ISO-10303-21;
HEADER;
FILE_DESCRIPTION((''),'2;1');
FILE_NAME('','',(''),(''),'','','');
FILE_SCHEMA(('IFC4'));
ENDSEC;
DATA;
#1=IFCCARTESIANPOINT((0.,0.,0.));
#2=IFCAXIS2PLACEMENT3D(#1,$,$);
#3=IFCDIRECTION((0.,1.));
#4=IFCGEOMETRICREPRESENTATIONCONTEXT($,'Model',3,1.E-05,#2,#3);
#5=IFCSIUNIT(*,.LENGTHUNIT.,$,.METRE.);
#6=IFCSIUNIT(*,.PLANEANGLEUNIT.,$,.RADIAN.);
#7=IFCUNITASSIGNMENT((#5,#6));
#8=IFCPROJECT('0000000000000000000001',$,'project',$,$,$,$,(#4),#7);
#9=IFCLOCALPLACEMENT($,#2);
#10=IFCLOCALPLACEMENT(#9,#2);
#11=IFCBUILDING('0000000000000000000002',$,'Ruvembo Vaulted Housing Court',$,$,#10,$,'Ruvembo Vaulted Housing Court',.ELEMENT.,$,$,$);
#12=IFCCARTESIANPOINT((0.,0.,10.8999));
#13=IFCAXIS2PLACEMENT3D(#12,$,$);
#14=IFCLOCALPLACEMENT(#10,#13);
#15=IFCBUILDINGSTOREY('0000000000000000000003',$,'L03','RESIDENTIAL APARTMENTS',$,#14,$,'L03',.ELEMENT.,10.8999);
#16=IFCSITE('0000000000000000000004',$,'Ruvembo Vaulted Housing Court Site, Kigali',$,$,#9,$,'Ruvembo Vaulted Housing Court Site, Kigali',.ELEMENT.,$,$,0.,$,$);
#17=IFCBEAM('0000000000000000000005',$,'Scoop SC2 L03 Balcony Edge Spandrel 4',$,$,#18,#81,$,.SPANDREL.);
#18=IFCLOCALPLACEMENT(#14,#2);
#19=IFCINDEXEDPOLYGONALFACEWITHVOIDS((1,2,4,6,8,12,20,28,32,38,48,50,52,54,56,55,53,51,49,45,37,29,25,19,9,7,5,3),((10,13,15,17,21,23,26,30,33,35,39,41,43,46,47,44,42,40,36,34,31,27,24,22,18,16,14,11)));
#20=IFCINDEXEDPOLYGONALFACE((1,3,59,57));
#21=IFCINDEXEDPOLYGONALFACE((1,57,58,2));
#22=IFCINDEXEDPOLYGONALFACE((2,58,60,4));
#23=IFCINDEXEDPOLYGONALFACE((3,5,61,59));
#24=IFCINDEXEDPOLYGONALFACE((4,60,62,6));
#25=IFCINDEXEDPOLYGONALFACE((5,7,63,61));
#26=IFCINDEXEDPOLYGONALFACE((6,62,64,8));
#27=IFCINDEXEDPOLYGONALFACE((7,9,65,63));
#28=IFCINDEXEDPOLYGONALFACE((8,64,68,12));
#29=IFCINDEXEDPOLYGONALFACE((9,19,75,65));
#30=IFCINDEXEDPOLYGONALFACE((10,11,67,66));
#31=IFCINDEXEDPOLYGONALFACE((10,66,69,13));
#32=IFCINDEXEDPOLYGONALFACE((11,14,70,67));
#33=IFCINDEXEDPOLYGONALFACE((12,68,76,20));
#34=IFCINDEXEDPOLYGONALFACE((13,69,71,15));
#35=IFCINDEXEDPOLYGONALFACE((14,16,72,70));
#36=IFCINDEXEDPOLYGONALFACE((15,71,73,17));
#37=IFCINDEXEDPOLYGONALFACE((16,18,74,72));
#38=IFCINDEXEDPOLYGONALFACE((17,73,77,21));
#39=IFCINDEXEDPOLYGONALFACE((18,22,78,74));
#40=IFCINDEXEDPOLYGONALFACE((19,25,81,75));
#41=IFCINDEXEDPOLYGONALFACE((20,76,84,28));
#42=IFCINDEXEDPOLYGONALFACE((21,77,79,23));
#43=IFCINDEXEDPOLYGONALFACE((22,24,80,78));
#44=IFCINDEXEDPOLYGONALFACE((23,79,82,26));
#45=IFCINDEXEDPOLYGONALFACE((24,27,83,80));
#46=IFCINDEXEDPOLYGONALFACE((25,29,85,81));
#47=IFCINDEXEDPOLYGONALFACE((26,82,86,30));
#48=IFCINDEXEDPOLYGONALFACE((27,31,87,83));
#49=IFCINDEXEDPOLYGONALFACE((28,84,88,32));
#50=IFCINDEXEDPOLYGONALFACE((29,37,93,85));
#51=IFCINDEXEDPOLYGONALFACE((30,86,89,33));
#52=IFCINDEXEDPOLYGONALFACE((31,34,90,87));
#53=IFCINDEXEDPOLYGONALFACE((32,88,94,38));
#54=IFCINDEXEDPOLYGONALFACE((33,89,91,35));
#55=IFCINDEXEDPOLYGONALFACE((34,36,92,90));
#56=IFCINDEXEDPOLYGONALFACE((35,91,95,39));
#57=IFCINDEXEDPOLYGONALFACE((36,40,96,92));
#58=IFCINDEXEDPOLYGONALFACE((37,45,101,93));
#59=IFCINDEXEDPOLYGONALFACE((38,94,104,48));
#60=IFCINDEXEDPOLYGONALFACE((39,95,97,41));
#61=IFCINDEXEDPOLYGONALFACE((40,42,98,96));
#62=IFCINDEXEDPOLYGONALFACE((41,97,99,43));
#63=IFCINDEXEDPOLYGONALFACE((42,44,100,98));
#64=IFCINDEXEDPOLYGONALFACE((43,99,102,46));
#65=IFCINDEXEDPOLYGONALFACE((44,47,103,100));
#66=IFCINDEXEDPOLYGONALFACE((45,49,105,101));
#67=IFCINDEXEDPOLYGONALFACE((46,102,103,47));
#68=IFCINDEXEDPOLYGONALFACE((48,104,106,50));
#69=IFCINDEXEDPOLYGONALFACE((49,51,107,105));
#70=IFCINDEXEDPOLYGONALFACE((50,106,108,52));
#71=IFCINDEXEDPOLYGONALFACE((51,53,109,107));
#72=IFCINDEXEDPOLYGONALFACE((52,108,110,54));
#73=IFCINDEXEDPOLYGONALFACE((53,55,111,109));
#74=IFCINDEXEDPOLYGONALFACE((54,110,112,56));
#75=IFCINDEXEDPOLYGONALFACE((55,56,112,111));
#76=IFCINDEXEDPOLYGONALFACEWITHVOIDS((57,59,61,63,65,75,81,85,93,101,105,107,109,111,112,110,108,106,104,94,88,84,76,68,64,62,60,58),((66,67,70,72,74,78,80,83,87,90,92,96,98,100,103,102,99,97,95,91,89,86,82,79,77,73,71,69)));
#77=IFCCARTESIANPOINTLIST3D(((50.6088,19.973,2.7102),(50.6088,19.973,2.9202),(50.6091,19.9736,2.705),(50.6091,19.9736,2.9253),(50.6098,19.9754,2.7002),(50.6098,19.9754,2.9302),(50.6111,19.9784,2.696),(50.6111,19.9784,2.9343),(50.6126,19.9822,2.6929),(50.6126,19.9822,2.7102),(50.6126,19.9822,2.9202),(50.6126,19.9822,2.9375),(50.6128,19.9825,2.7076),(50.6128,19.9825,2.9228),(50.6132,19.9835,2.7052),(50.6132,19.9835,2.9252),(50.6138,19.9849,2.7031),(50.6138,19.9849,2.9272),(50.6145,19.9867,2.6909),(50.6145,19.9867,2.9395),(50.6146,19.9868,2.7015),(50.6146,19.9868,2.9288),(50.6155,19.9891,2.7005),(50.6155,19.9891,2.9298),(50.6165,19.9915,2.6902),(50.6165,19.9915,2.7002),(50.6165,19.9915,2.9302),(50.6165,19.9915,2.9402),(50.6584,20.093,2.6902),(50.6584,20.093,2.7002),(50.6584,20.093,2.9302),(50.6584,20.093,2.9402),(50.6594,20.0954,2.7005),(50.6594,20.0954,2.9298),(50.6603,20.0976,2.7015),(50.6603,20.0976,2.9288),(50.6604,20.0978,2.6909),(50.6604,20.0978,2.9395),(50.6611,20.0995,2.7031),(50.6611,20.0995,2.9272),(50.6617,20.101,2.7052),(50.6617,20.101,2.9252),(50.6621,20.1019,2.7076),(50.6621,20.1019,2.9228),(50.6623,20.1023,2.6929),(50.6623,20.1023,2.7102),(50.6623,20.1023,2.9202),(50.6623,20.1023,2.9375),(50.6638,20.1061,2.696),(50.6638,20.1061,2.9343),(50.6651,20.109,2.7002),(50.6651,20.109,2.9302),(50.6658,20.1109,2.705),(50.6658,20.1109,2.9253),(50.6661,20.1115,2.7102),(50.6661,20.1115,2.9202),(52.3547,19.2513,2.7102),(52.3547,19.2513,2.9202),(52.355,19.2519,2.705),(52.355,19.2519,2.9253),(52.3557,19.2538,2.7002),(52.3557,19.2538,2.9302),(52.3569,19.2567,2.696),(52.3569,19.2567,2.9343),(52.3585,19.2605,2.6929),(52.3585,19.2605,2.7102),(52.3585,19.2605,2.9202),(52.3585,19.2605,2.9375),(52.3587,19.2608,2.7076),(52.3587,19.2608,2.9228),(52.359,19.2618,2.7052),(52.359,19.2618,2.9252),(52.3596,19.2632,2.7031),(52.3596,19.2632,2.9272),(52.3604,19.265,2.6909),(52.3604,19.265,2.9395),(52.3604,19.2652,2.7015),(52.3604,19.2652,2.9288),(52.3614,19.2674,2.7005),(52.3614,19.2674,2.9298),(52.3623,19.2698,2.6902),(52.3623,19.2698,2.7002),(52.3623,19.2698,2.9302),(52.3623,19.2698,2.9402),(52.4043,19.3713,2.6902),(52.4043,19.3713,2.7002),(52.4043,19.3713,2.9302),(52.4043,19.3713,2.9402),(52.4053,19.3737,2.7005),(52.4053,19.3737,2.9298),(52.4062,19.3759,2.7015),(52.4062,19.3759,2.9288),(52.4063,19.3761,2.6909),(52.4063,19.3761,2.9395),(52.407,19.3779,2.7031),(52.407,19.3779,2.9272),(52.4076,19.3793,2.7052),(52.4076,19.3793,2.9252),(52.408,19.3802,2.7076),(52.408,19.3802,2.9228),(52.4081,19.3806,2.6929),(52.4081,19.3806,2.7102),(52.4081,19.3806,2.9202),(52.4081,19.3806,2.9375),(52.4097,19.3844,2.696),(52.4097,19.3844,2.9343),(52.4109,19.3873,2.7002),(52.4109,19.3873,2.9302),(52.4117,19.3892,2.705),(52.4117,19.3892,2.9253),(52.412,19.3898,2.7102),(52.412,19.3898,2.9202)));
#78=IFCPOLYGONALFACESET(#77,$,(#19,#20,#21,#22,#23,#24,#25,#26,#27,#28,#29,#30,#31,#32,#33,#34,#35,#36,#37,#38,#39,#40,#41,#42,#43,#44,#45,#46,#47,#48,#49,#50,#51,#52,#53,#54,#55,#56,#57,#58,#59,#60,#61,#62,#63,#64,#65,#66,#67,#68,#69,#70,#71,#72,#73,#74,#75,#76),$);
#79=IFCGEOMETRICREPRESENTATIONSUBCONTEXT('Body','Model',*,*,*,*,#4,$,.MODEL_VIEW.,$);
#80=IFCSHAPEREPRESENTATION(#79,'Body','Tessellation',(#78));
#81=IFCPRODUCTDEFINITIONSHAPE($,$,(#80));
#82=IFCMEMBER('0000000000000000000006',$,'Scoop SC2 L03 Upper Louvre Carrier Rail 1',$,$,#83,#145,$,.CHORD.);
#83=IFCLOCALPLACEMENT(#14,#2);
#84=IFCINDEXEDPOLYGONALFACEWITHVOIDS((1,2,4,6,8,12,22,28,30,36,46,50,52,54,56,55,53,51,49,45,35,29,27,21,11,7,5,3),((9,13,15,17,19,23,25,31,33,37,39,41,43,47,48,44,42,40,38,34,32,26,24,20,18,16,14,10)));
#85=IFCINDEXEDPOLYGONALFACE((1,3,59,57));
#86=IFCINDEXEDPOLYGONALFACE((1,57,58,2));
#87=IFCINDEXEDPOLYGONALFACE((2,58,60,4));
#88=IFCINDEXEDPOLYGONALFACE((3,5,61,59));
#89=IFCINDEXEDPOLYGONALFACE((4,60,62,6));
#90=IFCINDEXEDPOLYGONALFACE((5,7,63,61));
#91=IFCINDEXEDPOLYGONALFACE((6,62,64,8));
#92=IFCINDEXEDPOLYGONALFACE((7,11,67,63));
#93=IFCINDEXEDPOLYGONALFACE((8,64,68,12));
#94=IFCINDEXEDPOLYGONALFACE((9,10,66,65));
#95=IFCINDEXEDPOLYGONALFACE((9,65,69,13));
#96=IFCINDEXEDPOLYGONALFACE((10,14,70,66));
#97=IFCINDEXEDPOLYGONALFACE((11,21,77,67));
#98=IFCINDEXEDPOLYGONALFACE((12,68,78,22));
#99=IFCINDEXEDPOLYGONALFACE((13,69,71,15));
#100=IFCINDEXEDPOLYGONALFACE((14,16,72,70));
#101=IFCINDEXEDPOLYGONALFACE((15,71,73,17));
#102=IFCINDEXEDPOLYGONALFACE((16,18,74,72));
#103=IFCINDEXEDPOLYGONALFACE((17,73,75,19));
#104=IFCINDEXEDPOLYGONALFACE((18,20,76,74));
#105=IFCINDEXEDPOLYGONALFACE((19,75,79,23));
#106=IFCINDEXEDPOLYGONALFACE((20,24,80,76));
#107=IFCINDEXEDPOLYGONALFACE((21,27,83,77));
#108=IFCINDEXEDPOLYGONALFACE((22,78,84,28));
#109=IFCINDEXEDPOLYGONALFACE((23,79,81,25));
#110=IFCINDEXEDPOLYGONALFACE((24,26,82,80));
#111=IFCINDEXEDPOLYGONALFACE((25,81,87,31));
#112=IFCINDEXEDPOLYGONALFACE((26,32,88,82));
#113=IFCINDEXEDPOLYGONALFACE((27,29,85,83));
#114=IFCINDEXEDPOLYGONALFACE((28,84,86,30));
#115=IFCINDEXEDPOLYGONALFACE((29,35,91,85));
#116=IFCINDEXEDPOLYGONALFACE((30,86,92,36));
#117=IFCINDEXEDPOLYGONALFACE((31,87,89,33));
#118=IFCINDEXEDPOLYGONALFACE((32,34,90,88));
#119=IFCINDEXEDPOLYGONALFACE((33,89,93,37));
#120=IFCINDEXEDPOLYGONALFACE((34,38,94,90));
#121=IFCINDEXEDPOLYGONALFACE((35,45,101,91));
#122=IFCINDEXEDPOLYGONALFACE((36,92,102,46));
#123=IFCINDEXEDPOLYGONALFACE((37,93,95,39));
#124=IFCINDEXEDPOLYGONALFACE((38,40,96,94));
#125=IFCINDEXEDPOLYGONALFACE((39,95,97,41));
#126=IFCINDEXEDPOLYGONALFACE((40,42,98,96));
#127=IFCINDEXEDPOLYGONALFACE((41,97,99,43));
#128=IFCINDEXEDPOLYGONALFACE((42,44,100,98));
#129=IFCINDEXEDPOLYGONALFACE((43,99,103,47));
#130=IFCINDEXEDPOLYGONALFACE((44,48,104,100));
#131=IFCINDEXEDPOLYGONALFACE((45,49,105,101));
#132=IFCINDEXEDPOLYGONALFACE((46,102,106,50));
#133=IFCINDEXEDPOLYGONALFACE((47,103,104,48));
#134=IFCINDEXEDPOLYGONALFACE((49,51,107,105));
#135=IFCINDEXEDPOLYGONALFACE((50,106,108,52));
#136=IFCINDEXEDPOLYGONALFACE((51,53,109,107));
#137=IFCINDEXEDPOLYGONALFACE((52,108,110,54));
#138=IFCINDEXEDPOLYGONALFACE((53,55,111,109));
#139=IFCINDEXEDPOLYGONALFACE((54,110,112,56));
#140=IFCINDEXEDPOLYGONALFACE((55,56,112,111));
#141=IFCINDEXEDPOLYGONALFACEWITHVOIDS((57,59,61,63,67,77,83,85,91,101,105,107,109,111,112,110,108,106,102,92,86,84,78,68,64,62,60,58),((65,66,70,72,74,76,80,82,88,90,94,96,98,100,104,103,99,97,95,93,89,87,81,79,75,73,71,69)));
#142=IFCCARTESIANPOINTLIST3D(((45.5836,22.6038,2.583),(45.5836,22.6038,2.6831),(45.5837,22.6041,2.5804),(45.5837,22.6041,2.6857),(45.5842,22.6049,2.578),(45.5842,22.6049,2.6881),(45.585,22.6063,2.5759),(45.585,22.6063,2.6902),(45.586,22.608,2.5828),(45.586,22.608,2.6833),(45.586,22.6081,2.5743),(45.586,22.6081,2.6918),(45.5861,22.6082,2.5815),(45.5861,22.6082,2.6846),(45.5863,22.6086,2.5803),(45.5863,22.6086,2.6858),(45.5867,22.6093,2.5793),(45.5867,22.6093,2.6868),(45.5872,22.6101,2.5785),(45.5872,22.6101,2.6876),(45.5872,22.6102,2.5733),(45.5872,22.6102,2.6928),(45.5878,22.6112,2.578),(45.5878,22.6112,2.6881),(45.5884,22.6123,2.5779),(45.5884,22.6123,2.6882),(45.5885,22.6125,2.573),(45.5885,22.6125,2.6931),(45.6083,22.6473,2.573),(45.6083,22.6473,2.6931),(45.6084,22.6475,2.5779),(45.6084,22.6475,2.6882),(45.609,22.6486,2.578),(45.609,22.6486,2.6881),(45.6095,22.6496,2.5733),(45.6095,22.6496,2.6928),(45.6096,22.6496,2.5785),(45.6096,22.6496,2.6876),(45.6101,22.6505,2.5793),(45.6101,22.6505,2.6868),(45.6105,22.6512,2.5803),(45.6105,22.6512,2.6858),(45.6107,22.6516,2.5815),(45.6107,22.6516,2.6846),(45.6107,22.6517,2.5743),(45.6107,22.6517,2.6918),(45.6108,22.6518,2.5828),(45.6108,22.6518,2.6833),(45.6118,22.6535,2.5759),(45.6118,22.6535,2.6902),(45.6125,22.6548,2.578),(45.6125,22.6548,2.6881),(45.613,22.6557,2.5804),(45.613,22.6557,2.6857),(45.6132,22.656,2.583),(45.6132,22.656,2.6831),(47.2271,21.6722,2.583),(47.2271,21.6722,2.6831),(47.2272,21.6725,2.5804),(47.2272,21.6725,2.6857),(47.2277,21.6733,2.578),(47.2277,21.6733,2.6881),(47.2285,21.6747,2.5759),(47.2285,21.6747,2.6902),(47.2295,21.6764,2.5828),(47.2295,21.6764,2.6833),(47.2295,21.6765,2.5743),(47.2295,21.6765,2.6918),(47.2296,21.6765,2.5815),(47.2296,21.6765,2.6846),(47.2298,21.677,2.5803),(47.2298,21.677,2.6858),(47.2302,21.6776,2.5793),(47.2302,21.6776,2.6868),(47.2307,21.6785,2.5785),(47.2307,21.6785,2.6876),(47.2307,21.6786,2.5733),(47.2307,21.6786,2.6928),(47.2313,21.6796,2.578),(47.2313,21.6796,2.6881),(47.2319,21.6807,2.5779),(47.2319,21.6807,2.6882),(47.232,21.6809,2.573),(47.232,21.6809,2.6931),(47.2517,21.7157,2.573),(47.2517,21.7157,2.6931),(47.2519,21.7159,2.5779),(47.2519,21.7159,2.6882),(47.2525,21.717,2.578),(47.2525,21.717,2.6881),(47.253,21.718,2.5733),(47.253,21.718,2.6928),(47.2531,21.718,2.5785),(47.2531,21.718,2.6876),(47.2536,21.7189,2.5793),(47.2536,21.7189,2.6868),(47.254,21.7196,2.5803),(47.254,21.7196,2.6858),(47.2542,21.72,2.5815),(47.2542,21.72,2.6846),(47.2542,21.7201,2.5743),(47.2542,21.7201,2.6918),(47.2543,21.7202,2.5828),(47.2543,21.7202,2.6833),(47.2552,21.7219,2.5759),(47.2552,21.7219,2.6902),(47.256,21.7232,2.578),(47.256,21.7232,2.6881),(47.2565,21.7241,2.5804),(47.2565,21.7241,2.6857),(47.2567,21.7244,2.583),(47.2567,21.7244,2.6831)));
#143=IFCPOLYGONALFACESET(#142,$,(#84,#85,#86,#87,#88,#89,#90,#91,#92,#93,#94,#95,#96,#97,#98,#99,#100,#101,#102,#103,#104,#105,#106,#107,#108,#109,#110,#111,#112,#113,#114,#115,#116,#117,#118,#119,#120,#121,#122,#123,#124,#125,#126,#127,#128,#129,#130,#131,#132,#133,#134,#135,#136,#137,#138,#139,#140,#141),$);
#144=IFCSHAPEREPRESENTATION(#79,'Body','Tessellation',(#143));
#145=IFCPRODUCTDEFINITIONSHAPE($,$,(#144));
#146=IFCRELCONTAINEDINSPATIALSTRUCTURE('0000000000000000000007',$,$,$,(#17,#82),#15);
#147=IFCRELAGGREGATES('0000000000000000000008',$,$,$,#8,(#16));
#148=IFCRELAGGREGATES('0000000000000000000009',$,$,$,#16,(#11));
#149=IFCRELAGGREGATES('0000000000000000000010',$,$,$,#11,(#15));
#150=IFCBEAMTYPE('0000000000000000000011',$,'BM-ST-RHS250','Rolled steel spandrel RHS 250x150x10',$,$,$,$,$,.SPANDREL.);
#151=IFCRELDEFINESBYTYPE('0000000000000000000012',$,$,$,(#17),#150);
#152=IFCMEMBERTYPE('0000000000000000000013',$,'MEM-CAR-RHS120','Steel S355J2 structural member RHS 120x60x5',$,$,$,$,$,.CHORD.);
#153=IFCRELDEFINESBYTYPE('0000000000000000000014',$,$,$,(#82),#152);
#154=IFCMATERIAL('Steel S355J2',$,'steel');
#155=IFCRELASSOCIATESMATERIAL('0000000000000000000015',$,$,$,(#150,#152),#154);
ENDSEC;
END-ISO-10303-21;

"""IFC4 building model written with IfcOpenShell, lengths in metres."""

from ifc_helpers import new_model, si_unit, direction, frame, origin, origin_2d, place, context, subcontext, project, spatial, hollow_rectangle, extrude, material, material_profile, profile_set, type_object, element, save


model = new_model("IFC4")

# Units and contexts
model_context = context("Model", 3, precision=1e-05, world=origin(), true_north=direction((0.0, 1.0)))
body_context = subcontext(model_context, "Body", "Model", "MODEL_VIEW")
ifc_project = project(units=[si_unit("LENGTHUNIT", "METRE"), si_unit("PLANEANGLEUNIT", "RADIAN")], contexts=[model_context])

# Site, building, storey
site_placement = place(None, origin())
site = spatial("IfcSite", under=ifc_project, at=site_placement, Name="Ruvembo Vaulted Housing Court Site, Kigali", LongName="Ruvembo Vaulted Housing Court Site, Kigali", CompositionType="ELEMENT", RefElevation=0.0)
building_placement = place(site_placement, origin())
building = spatial("IfcBuilding", under=site, at=building_placement, Name="Ruvembo Vaulted Housing Court", LongName="Ruvembo Vaulted Housing Court", CompositionType="ELEMENT")
storey_placement = place(building_placement, frame((0.0, 0.0, 10.8999)))
storey = spatial("IfcBuildingStorey", under=building, at=storey_placement, Name="L03", Description="RESIDENTIAL APARTMENTS", LongName="L03", CompositionType="ELEMENT", Elevation=10.8999)

# Beam
ifc_material_1 = material(Name="Steel S355J2", Category="steel")
ifc_material_profile_1 = material_profile(ifc_material_1, hollow_rectangle(XDim=0.1499, YDim=0.25, WallThickness=0.01, InnerFilletRadius=0.01, OuterFilletRadius=0.02, at=origin_2d()), Name="RHS 250x150x10")
ifc_profile_set_1 = profile_set([ifc_material_profile_1], Name="Steel S355J2")
beam_type_1 = type_object("IfcBeamType", Name="BM-ST-RHS250", Description="Rolled steel spandrel RHS 250x150x10", PredefinedType="SPANDREL", material=ifc_profile_set_1)
beam_1_placement = place(storey_placement, frame((50.6375, 20.0422, 2.8152), z_axis=(0.924155, -0.382017, 0.0), x_axis=(0.382017, 0.924155, 0.0)))
element("IfcBeam", 1, at=beam_1_placement, inside=storey, type_object=beam_type_1, Name="Scoop SC2 L03 Balcony Edge Spandrel 4", PredefinedType="SPANDREL", context=body_context, shape_type="SweptSolid", body=[
    extrude(hollow_rectangle(XDim=0.1499, YDim=0.25, WallThickness=0.01, InnerFilletRadius=0.01, OuterFilletRadius=0.02, at=origin_2d()), origin(), (0.0, 0.0, 1.0), 1.8892),
])

# Member
ifc_material_profile_2 = material_profile(ifc_material_1, hollow_rectangle(XDim=0.0601, YDim=0.1201, WallThickness=0.0049, InnerFilletRadius=0.0049, OuterFilletRadius=0.01, at=origin_2d()), Name="RHS 120x60x5")
ifc_profile_set_2 = profile_set([ifc_material_profile_2], Name="Steel S355J2")
member_type_1 = type_object("IfcMemberType", Name="MEM-CAR-RHS120", Description="Steel S355J2 structural member RHS 120x60x5", PredefinedType="CHORD", material=ifc_profile_set_2)
member_1_placement = place(storey_placement, frame((45.5984, 22.6299, 2.6331), z_axis=(0.869956, -0.49313, 0.0), x_axis=(0.49313, 0.869956, 0.0)))
element("IfcMember", 2, at=member_1_placement, inside=storey, type_object=member_type_1, Name="Scoop SC2 L03 Upper Louvre Carrier Rail 1", PredefinedType="CHORD", context=body_context, shape_type="SweptSolid", body=[
    extrude(hollow_rectangle(XDim=0.0601, YDim=0.1201, WallThickness=0.0049, InnerFilletRadius=0.0049, OuterFilletRadius=0.01, at=origin_2d()), origin(), (0.0, 0.0, 1.0), 1.8892),
])

save(model, "model.ifc")
